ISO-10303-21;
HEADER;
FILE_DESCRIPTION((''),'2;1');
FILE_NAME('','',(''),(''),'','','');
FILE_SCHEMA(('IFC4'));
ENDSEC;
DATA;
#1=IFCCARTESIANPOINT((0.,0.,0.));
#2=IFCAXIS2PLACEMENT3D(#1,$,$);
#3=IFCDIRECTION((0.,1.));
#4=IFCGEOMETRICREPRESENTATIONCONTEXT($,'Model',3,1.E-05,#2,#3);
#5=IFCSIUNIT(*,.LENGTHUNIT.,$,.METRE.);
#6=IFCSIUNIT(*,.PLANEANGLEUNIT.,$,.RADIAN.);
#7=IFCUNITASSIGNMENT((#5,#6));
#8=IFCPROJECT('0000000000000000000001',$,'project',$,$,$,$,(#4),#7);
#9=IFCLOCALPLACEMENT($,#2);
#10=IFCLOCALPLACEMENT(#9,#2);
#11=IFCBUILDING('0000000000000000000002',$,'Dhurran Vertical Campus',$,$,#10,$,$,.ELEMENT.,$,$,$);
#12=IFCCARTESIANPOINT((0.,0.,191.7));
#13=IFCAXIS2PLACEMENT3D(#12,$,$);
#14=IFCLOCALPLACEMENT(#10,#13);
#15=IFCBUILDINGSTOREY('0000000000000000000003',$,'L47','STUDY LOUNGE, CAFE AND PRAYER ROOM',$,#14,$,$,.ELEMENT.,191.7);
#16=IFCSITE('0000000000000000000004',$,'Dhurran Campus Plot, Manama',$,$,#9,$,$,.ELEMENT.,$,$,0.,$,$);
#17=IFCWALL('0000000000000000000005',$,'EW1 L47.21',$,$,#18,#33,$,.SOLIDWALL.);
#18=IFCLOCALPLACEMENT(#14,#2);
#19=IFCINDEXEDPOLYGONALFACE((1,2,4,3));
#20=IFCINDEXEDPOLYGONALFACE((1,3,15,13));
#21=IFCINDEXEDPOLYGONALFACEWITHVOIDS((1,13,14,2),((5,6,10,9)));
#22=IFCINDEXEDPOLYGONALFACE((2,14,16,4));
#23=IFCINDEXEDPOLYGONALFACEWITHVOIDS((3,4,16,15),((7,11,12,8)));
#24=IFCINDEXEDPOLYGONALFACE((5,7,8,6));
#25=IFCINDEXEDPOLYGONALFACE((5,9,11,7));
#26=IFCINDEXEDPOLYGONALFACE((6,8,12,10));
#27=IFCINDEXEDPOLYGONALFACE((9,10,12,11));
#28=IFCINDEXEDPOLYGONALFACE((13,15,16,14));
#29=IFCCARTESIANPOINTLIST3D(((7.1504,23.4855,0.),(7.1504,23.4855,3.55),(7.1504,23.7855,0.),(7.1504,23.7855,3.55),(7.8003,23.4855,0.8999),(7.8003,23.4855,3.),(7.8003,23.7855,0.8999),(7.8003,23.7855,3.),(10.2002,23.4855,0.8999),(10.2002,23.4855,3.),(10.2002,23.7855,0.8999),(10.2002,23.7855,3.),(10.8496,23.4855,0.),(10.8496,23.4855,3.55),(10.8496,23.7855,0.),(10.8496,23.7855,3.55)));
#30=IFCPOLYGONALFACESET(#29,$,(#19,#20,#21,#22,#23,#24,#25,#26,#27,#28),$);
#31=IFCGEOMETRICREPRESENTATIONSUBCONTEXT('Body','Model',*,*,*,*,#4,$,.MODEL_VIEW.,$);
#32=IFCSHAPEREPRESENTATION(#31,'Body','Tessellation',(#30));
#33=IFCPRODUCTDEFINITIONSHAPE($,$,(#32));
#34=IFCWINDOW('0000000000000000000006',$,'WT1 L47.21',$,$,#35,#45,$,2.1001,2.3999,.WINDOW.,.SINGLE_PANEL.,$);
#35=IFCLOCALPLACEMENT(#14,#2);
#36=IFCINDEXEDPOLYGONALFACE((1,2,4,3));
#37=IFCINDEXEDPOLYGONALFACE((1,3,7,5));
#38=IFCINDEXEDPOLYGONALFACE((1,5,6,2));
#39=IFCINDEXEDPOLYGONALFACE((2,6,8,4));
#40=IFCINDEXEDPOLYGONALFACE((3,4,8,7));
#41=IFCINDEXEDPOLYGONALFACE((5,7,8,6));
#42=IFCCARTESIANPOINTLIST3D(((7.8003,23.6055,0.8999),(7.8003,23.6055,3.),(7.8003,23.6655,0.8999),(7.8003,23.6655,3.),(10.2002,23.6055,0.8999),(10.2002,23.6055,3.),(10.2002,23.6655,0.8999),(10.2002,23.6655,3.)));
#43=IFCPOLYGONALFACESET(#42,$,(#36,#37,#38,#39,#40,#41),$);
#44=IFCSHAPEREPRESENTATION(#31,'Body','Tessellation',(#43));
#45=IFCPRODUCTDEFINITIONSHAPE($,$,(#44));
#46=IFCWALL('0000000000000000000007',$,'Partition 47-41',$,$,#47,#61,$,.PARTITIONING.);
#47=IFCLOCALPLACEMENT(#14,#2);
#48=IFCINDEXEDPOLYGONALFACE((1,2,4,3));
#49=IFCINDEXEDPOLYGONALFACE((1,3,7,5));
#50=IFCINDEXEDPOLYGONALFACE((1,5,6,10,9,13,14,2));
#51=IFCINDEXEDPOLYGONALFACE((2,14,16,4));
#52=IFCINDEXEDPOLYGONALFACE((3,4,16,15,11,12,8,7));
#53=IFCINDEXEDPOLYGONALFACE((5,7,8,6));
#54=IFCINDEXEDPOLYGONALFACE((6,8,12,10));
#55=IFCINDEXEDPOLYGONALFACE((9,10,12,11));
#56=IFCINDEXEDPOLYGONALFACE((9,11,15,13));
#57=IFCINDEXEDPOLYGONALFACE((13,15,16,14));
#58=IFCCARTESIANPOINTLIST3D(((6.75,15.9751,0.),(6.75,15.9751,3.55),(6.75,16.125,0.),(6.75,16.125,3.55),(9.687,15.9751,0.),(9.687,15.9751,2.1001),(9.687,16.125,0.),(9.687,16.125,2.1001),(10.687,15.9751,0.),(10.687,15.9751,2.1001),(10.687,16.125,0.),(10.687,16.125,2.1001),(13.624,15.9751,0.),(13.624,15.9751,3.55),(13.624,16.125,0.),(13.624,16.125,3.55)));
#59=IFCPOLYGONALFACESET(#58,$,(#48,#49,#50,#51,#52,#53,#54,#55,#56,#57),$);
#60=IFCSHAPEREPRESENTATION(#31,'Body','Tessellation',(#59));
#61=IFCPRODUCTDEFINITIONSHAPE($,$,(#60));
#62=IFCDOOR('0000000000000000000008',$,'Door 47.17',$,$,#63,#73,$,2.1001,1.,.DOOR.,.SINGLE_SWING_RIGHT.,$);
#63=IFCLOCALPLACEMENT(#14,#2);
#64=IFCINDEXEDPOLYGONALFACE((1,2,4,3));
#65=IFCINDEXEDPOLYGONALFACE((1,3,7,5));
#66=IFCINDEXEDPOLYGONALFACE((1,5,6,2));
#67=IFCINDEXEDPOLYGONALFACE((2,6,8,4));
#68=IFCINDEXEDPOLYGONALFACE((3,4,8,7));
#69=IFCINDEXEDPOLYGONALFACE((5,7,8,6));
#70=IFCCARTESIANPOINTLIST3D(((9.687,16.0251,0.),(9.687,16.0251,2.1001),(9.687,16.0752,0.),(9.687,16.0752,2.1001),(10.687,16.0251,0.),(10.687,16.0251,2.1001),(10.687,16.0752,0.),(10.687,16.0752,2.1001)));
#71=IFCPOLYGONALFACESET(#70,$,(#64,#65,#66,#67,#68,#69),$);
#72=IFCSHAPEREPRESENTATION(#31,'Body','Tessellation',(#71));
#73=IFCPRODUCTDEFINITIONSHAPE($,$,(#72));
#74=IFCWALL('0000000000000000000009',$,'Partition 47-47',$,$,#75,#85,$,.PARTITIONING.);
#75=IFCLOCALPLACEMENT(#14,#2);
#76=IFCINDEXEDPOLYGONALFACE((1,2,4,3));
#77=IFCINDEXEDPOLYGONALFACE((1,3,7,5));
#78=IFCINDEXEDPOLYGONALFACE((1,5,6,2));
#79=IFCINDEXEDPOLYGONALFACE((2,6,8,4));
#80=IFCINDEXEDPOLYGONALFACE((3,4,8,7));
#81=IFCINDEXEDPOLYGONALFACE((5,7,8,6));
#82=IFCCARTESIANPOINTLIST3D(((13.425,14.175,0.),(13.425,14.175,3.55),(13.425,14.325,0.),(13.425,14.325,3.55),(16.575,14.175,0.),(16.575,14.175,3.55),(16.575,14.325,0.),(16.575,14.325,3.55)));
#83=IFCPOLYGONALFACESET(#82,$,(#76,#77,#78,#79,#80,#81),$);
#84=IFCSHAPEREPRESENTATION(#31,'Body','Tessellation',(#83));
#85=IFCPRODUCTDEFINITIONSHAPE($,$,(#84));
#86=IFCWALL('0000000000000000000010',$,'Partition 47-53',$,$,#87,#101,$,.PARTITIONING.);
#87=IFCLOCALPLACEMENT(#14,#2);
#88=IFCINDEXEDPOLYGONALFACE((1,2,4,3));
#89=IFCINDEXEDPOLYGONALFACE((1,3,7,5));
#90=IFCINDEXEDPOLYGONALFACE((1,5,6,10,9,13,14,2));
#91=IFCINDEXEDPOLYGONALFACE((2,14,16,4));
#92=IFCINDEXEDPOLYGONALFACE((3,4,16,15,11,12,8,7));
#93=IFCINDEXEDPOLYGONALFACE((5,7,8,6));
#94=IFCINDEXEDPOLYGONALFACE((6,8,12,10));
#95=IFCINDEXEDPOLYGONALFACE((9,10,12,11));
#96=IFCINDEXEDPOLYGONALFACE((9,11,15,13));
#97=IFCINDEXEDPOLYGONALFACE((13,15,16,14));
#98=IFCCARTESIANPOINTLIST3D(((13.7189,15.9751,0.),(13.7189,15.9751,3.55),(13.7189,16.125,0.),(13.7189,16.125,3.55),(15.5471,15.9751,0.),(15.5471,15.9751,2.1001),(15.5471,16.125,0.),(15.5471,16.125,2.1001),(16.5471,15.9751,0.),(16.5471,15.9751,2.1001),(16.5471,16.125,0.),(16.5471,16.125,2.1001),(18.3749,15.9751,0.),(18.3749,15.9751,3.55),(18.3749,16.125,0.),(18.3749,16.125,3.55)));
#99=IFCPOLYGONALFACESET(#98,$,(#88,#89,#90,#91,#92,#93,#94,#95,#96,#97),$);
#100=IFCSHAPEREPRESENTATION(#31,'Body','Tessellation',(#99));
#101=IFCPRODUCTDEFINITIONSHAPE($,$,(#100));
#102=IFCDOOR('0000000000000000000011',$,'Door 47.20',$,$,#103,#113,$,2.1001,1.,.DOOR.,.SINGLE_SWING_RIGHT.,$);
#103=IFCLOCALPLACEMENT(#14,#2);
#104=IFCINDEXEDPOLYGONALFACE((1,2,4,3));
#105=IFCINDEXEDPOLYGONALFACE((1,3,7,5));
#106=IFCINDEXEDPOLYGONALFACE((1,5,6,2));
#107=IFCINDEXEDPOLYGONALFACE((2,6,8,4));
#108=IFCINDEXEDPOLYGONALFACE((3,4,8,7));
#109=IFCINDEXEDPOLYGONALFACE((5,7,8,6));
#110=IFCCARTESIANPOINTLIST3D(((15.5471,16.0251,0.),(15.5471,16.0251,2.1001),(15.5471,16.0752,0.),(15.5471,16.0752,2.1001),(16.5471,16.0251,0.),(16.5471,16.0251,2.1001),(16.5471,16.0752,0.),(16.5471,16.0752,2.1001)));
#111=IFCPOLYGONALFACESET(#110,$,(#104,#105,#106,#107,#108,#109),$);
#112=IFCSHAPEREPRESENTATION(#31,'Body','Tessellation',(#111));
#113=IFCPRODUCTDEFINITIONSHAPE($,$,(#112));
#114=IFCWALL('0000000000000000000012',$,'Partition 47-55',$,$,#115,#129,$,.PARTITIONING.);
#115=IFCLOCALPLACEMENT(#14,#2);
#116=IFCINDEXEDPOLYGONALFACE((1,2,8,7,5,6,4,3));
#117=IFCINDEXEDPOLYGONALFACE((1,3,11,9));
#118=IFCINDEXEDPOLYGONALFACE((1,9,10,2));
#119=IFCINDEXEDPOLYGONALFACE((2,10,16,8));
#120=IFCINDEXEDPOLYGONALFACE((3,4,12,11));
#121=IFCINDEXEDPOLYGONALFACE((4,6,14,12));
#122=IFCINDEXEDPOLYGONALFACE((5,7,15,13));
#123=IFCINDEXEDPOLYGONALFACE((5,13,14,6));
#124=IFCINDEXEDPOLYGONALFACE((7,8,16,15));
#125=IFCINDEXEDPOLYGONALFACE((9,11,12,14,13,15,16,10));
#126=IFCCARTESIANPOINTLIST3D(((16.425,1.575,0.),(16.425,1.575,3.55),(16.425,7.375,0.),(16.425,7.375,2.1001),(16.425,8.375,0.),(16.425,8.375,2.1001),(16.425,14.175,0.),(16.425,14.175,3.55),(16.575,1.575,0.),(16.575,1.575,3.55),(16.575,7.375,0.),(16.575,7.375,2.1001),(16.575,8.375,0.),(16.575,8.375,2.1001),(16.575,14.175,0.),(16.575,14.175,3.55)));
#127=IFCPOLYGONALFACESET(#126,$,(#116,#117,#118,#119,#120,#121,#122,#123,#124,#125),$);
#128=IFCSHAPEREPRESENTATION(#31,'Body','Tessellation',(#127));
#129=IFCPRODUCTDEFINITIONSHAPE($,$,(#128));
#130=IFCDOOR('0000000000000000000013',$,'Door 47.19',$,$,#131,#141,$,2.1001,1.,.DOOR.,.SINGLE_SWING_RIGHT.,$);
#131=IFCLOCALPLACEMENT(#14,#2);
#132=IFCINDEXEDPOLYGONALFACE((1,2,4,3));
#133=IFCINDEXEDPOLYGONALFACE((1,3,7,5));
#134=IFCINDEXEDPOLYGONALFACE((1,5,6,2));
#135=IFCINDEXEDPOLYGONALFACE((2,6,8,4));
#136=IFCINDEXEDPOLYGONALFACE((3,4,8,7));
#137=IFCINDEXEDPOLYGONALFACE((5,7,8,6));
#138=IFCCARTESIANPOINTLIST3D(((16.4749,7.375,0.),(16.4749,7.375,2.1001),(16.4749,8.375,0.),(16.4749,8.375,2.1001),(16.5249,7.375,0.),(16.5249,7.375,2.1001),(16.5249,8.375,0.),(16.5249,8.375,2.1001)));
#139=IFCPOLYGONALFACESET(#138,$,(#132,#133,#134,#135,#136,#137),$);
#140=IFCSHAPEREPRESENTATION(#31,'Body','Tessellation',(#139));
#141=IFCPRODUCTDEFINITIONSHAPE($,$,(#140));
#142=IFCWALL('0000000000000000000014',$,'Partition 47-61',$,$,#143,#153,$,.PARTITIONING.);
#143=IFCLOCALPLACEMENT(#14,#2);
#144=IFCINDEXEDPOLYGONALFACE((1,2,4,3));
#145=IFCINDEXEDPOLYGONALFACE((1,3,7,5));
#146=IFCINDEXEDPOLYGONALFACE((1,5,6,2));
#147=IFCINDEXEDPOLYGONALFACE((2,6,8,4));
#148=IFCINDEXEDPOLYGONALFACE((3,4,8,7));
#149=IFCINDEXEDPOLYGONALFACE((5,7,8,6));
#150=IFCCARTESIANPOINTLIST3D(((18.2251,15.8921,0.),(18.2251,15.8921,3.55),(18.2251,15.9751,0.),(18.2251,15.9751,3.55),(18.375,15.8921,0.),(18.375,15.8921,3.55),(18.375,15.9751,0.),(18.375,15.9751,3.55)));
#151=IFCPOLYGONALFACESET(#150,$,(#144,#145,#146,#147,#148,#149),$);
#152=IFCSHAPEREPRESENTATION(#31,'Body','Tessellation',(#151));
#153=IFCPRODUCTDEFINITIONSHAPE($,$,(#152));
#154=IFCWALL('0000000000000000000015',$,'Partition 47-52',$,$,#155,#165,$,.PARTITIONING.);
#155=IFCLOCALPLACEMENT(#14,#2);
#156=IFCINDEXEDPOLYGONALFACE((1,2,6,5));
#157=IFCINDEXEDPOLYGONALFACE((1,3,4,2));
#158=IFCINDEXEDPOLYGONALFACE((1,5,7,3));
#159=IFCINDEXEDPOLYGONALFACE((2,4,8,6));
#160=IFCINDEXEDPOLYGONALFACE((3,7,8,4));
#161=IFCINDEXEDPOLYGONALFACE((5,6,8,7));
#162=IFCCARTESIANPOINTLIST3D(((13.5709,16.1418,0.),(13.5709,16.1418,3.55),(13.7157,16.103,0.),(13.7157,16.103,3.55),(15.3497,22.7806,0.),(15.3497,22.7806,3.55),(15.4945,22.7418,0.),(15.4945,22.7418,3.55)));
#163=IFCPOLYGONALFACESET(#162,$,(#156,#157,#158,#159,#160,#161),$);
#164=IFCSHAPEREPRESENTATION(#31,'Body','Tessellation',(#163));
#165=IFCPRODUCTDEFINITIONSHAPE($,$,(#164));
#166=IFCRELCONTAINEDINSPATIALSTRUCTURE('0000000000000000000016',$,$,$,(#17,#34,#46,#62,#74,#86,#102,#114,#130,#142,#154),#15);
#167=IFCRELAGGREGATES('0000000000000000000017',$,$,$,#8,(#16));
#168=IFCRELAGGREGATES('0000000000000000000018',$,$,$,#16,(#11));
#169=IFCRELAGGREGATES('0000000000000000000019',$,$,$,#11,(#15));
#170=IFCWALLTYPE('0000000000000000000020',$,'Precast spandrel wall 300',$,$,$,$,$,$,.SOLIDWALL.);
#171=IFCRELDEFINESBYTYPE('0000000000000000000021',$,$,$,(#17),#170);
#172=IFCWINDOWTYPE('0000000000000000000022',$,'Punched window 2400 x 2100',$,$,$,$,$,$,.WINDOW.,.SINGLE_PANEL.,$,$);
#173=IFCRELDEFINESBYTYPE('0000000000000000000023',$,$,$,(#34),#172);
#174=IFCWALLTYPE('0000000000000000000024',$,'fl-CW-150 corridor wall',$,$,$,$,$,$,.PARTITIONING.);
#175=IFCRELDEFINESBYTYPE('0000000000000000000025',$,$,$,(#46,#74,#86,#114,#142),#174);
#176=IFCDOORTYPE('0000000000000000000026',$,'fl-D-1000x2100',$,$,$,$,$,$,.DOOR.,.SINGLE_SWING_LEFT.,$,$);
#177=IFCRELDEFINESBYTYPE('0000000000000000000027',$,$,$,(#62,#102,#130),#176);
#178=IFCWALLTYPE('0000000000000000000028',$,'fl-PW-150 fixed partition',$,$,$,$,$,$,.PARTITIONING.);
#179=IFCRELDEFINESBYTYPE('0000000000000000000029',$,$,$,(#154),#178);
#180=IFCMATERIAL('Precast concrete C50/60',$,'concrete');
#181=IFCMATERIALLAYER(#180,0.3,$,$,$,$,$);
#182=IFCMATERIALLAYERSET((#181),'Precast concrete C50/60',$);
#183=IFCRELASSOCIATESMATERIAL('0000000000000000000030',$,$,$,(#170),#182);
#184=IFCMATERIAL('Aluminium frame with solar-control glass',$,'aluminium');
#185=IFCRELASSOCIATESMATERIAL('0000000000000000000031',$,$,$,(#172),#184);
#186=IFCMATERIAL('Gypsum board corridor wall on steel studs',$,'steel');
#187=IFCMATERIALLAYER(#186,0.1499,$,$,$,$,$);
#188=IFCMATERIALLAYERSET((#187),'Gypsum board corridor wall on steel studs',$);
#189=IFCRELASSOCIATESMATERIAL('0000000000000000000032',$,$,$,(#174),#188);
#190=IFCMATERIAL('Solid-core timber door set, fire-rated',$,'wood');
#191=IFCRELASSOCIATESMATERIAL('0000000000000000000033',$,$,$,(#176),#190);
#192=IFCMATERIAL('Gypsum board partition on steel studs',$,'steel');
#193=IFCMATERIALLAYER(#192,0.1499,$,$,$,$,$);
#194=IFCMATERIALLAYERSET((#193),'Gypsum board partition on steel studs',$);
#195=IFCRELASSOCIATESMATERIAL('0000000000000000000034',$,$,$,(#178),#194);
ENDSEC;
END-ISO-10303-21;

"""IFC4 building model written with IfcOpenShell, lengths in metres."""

from ifc_helpers import new_model, si_unit, direction, frame, frame_2d, origin, place, context, subcontext, project, spatial, rectangle, extrude, material, layer, layer_set, type_object, element, fill, save


model = new_model("IFC4")

# Units and contexts
model_context = context("Model", 3, precision=1e-05, world=origin(), true_north=direction((0.0, 1.0)))
body_context = subcontext(model_context, "Body", "Model", "MODEL_VIEW")
ifc_project = project(units=[si_unit("LENGTHUNIT", "METRE"), si_unit("PLANEANGLEUNIT", "RADIAN")], contexts=[model_context])

# Site, building, storey
site_placement = place(None, origin())
site = spatial("IfcSite", under=ifc_project, at=site_placement, Name="Dhurran Campus Plot, Manama", CompositionType="ELEMENT", RefElevation=0.0)
building_placement = place(site_placement, origin())
building = spatial("IfcBuilding", under=site, at=building_placement, Name="Dhurran Vertical Campus", CompositionType="ELEMENT")
storey_placement = place(building_placement, frame((0.0, 0.0, 191.7)))
storey = spatial("IfcBuildingStorey", under=building, at=storey_placement, Name="L47", Description="STUDY LOUNGE, CAFE AND PRAYER ROOM", CompositionType="ELEMENT", Elevation=191.7)

# Wall, opening, window
ifc_material_1 = material(Name="Precast concrete C50/60", Category="concrete")
ifc_layer_1 = layer(ifc_material_1, 0.3)
ifc_layer_set_1 = layer_set([ifc_layer_1], Name="Precast concrete C50/60")
wall_type_1 = type_object("IfcWallType", Name="Precast spandrel wall 300", PredefinedType="SOLIDWALL", material=ifc_layer_set_1)
ifc_material_2 = material(Name="Aluminium frame with solar-control glass", Category="aluminium")
window_type = type_object("IfcWindowType", Name="Punched window 2400 x 2100", PartitioningType="SINGLE_PANEL", PredefinedType="WINDOW", material=ifc_material_2)
wall_1_placement = place(storey_placement, frame((10.8496, 23.6355, 0.0), z_axis=(0.0, 0.0, 1.0), x_axis=(-1.0, 0.0, 0.0)))
wall_1 = element("IfcWall", 1, at=wall_1_placement, inside=storey, type_object=wall_type_1, Name="EW1 L47.21", PredefinedType="SOLIDWALL", context=body_context, shape_type="SweptSolid", body=[
    extrude(rectangle(XDim=3.6992, YDim=0.3, at=frame_2d((1.8496, 0.0))), origin(), (0.0, 0.0, 1.0), 3.55),
])
opening_1_placement = place(wall_1_placement, frame((0.6494, 0.0, 0.8999)))
opening_1 = element("IfcOpeningElement", 2, at=opening_1_placement, cuts=wall_1, PredefinedType="OPENING", context=body_context, shape_type="SweptSolid", body=[
    extrude(rectangle(XDim=2.3999, YDim=2.1001, at=frame_2d((1.2, 1.05))), frame((0.0, 0.1599, 0.0), z_axis=(0.0, -1.0, 0.0), x_axis=(1.0, 0.0, 0.0)), (0.0, 0.0, 1.0), 0.3201),
])
window_1_placement = place(opening_1_placement, origin())
window_1 = element("IfcWindow", 3, at=window_1_placement, inside=storey, type_object=window_type, Name="WT1 L47.21", OverallHeight=2.1001, OverallWidth=2.3999, PartitioningType="SINGLE_PANEL", PredefinedType="WINDOW", context=body_context, shape_type="SweptSolid", body=[
    extrude(rectangle(XDim=2.3999, YDim=2.1001, at=frame_2d((1.2, 1.05))), frame((0.0, 0.03, 0.0), z_axis=(0.0, -1.0, 0.0), x_axis=(1.0, 0.0, 0.0)), (0.0, 0.0, 1.0), 0.0601),
])
fill(opening_1, window_1)

# Wall, opening, door
ifc_material_3 = material(Name="Gypsum board corridor wall on steel studs", Category="steel")
ifc_layer_2 = layer(ifc_material_3, 0.1499)
ifc_layer_set_2 = layer_set([ifc_layer_2], Name="Gypsum board corridor wall on steel studs")
wall_type_2 = type_object("IfcWallType", Name="fl-CW-150 corridor wall", PredefinedType="PARTITIONING", material=ifc_layer_set_2)
wall_2_placement = place(storey_placement, frame((13.624, 16.05, 0.0), z_axis=(0.0, 0.0, 1.0), x_axis=(-1.0, 0.0, 0.0)))
wall_2 = element("IfcWall", 4, at=wall_2_placement, inside=storey, type_object=wall_type_2, Name="Partition 47-41", PredefinedType="PARTITIONING", context=body_context, shape_type="SweptSolid", body=[
    extrude(rectangle(XDim=6.874, YDim=0.1499, at=frame_2d((3.437, 0.0))), origin(), (0.0, 0.0, 1.0), 3.55),
])
opening_2_placement = place(wall_2_placement, frame((2.937, 0.0, 0.0)))
opening_2 = element("IfcOpeningElement", 5, at=opening_2_placement, cuts=wall_2, PredefinedType="OPENING", context=body_context, shape_type="SweptSolid", body=[
    extrude(rectangle(XDim=1.0, YDim=2.1001, at=frame_2d((0.5, 1.05))), frame((0.0, 0.085, 0.0), z_axis=(0.0, -1.0, 0.0), x_axis=(1.0, 0.0, 0.0)), (0.0, 0.0, 1.0), 0.1699),
])
ifc_material_4 = material(Name="Solid-core timber door set, fire-rated", Category="wood")
door_type = type_object("IfcDoorType", Name="fl-D-1000x2100", OperationType="SINGLE_SWING_LEFT", PredefinedType="DOOR", material=ifc_material_4)
door_1_placement = place(opening_2_placement, origin())
door_1 = element("IfcDoor", 6, at=door_1_placement, inside=storey, type_object=door_type, Name="Door 47.17", OperationType="SINGLE_SWING_RIGHT", OverallHeight=2.1001, OverallWidth=1.0, PredefinedType="DOOR", context=body_context, shape_type="SweptSolid", body=[
    extrude(rectangle(XDim=1.0, YDim=2.1001, at=frame_2d((0.5, 1.05))), frame((0.0, 0.0249, 0.0), z_axis=(0.0, -1.0, 0.0), x_axis=(1.0, 0.0, 0.0)), (0.0, 0.0, 1.0), 0.05),
])
fill(opening_2, door_1)

# Wall
wall_3_placement = place(storey_placement, frame((13.425, 14.25, 0.0), z_axis=(0.0, 0.0, 1.0), x_axis=(1.0, 0.0, 0.0)))
element("IfcWall", 7, at=wall_3_placement, inside=storey, type_object=wall_type_2, Name="Partition 47-47", PredefinedType="PARTITIONING", context=body_context, shape_type="SweptSolid", body=[
    extrude(rectangle(XDim=3.1499, YDim=0.1499, at=frame_2d((1.575, 0.0))), origin(), (0.0, 0.0, 1.0), 3.55),
])

# Walls, openings, doors
wall_4_placement = place(storey_placement, frame((18.375, 16.05, 0.0), z_axis=(0.0, 0.0, 1.0), x_axis=(-1.0, 0.0, 0.0)))
wall_4 = element("IfcWall", 8, at=wall_4_placement, inside=storey, type_object=wall_type_2, Name="Partition 47-53", PredefinedType="PARTITIONING", context=body_context, shape_type="SweptSolid", body=[
    extrude(rectangle(XDim=4.656, YDim=0.1499, at=frame_2d((2.3281, 0.0))), origin(), (0.0, 0.0, 1.0), 3.55),
])
opening_3_placement = place(wall_4_placement, frame((1.8279, 0.0, 0.0)))
opening_3 = element("IfcOpeningElement", 9, at=opening_3_placement, cuts=wall_4, PredefinedType="OPENING", context=body_context, shape_type="SweptSolid", body=[
    extrude(rectangle(XDim=1.0, YDim=2.1001, at=frame_2d((0.5, 1.05))), frame((0.0, 0.085, 0.0), z_axis=(0.0, -1.0, 0.0), x_axis=(1.0, 0.0, 0.0)), (0.0, 0.0, 1.0), 0.1699),
])
door_2_placement = place(opening_3_placement, origin())
door_2 = element("IfcDoor", 10, at=door_2_placement, inside=storey, type_object=door_type, Name="Door 47.20", OperationType="SINGLE_SWING_RIGHT", OverallHeight=2.1001, OverallWidth=1.0, PredefinedType="DOOR", context=body_context, shape_type="SweptSolid", body=[
    extrude(rectangle(XDim=1.0, YDim=2.1001, at=frame_2d((0.5, 1.05))), frame((0.0, 0.0249, 0.0), z_axis=(0.0, -1.0, 0.0), x_axis=(1.0, 0.0, 0.0)), (0.0, 0.0, 1.0), 0.05),
])
fill(opening_3, door_2)
wall_5_placement = place(storey_placement, frame((16.5, 14.175, 0.0), z_axis=(0.0, 0.0, 1.0), x_axis=(0.0, -1.0, 0.0)))
wall_5 = element("IfcWall", 11, at=wall_5_placement, inside=storey, type_object=wall_type_2, Name="Partition 47-55", PredefinedType="PARTITIONING", context=body_context, shape_type="SweptSolid", body=[
    extrude(rectangle(XDim=12.6001, YDim=0.1499, at=frame_2d((6.3, 0.0))), origin(), (0.0, 0.0, 1.0), 3.55),
])
opening_4_placement = place(wall_5_placement, frame((5.8, 0.0, 0.0)))
opening_4 = element("IfcOpeningElement", 12, at=opening_4_placement, cuts=wall_5, PredefinedType="OPENING", context=body_context, shape_type="SweptSolid", body=[
    extrude(rectangle(XDim=1.0, YDim=2.1001, at=frame_2d((0.5, 1.05))), frame((0.0, 0.085, 0.0), z_axis=(0.0, -1.0, 0.0), x_axis=(1.0, 0.0, 0.0)), (0.0, 0.0, 1.0), 0.1699),
])
door_3_placement = place(opening_4_placement, origin())
door_3 = element("IfcDoor", 13, at=door_3_placement, inside=storey, type_object=door_type, Name="Door 47.19", OperationType="SINGLE_SWING_RIGHT", OverallHeight=2.1001, OverallWidth=1.0, PredefinedType="DOOR", context=body_context, shape_type="SweptSolid", body=[
    extrude(rectangle(XDim=1.0, YDim=2.1001, at=frame_2d((0.5, 1.05))), frame((0.0, 0.0249, 0.0), z_axis=(0.0, -1.0, 0.0), x_axis=(1.0, 0.0, 0.0)), (0.0, 0.0, 1.0), 0.05),
])
fill(opening_4, door_3)

# Walls
wall_6_placement = place(storey_placement, frame((18.3, 15.8921, 0.0), z_axis=(0.0, 0.0, 1.0), x_axis=(0.0, 1.0, 0.0)))
element("IfcWall", 14, at=wall_6_placement, inside=storey, type_object=wall_type_2, Name="Partition 47-61", PredefinedType="PARTITIONING", context=body_context, shape_type="SweptSolid", body=[
    extrude(rectangle(XDim=0.083, YDim=0.1499, at=frame_2d((0.0415, 0.0))), origin(), (0.0, 0.0, 1.0), 3.55),
])
ifc_material_5 = material(Name="Gypsum board partition on steel studs", Category="steel")
ifc_layer_3 = layer(ifc_material_5, 0.1499)
ifc_layer_set_3 = layer_set([ifc_layer_3], Name="Gypsum board partition on steel studs")
wall_type_3 = type_object("IfcWallType", Name="fl-PW-150 fixed partition", PredefinedType="PARTITIONING", material=ifc_layer_set_3)
wall_7_placement = place(storey_placement, frame((15.4221, 22.7612, 0.0), z_axis=(0.0, 0.0, 1.0), x_axis=(-0.258808, -0.965929, 0.0)))
element("IfcWall", 15, at=wall_7_placement, inside=storey, type_object=wall_type_3, Name="Partition 47-52", PredefinedType="PARTITIONING", context=body_context, shape_type="SweptSolid", body=[
    extrude(rectangle(XDim=6.873, YDim=0.1499, at=frame_2d((3.4365, 0.0))), origin(), (0.0, 0.0, 1.0), 3.55),
])

save(model, "model.ifc")
